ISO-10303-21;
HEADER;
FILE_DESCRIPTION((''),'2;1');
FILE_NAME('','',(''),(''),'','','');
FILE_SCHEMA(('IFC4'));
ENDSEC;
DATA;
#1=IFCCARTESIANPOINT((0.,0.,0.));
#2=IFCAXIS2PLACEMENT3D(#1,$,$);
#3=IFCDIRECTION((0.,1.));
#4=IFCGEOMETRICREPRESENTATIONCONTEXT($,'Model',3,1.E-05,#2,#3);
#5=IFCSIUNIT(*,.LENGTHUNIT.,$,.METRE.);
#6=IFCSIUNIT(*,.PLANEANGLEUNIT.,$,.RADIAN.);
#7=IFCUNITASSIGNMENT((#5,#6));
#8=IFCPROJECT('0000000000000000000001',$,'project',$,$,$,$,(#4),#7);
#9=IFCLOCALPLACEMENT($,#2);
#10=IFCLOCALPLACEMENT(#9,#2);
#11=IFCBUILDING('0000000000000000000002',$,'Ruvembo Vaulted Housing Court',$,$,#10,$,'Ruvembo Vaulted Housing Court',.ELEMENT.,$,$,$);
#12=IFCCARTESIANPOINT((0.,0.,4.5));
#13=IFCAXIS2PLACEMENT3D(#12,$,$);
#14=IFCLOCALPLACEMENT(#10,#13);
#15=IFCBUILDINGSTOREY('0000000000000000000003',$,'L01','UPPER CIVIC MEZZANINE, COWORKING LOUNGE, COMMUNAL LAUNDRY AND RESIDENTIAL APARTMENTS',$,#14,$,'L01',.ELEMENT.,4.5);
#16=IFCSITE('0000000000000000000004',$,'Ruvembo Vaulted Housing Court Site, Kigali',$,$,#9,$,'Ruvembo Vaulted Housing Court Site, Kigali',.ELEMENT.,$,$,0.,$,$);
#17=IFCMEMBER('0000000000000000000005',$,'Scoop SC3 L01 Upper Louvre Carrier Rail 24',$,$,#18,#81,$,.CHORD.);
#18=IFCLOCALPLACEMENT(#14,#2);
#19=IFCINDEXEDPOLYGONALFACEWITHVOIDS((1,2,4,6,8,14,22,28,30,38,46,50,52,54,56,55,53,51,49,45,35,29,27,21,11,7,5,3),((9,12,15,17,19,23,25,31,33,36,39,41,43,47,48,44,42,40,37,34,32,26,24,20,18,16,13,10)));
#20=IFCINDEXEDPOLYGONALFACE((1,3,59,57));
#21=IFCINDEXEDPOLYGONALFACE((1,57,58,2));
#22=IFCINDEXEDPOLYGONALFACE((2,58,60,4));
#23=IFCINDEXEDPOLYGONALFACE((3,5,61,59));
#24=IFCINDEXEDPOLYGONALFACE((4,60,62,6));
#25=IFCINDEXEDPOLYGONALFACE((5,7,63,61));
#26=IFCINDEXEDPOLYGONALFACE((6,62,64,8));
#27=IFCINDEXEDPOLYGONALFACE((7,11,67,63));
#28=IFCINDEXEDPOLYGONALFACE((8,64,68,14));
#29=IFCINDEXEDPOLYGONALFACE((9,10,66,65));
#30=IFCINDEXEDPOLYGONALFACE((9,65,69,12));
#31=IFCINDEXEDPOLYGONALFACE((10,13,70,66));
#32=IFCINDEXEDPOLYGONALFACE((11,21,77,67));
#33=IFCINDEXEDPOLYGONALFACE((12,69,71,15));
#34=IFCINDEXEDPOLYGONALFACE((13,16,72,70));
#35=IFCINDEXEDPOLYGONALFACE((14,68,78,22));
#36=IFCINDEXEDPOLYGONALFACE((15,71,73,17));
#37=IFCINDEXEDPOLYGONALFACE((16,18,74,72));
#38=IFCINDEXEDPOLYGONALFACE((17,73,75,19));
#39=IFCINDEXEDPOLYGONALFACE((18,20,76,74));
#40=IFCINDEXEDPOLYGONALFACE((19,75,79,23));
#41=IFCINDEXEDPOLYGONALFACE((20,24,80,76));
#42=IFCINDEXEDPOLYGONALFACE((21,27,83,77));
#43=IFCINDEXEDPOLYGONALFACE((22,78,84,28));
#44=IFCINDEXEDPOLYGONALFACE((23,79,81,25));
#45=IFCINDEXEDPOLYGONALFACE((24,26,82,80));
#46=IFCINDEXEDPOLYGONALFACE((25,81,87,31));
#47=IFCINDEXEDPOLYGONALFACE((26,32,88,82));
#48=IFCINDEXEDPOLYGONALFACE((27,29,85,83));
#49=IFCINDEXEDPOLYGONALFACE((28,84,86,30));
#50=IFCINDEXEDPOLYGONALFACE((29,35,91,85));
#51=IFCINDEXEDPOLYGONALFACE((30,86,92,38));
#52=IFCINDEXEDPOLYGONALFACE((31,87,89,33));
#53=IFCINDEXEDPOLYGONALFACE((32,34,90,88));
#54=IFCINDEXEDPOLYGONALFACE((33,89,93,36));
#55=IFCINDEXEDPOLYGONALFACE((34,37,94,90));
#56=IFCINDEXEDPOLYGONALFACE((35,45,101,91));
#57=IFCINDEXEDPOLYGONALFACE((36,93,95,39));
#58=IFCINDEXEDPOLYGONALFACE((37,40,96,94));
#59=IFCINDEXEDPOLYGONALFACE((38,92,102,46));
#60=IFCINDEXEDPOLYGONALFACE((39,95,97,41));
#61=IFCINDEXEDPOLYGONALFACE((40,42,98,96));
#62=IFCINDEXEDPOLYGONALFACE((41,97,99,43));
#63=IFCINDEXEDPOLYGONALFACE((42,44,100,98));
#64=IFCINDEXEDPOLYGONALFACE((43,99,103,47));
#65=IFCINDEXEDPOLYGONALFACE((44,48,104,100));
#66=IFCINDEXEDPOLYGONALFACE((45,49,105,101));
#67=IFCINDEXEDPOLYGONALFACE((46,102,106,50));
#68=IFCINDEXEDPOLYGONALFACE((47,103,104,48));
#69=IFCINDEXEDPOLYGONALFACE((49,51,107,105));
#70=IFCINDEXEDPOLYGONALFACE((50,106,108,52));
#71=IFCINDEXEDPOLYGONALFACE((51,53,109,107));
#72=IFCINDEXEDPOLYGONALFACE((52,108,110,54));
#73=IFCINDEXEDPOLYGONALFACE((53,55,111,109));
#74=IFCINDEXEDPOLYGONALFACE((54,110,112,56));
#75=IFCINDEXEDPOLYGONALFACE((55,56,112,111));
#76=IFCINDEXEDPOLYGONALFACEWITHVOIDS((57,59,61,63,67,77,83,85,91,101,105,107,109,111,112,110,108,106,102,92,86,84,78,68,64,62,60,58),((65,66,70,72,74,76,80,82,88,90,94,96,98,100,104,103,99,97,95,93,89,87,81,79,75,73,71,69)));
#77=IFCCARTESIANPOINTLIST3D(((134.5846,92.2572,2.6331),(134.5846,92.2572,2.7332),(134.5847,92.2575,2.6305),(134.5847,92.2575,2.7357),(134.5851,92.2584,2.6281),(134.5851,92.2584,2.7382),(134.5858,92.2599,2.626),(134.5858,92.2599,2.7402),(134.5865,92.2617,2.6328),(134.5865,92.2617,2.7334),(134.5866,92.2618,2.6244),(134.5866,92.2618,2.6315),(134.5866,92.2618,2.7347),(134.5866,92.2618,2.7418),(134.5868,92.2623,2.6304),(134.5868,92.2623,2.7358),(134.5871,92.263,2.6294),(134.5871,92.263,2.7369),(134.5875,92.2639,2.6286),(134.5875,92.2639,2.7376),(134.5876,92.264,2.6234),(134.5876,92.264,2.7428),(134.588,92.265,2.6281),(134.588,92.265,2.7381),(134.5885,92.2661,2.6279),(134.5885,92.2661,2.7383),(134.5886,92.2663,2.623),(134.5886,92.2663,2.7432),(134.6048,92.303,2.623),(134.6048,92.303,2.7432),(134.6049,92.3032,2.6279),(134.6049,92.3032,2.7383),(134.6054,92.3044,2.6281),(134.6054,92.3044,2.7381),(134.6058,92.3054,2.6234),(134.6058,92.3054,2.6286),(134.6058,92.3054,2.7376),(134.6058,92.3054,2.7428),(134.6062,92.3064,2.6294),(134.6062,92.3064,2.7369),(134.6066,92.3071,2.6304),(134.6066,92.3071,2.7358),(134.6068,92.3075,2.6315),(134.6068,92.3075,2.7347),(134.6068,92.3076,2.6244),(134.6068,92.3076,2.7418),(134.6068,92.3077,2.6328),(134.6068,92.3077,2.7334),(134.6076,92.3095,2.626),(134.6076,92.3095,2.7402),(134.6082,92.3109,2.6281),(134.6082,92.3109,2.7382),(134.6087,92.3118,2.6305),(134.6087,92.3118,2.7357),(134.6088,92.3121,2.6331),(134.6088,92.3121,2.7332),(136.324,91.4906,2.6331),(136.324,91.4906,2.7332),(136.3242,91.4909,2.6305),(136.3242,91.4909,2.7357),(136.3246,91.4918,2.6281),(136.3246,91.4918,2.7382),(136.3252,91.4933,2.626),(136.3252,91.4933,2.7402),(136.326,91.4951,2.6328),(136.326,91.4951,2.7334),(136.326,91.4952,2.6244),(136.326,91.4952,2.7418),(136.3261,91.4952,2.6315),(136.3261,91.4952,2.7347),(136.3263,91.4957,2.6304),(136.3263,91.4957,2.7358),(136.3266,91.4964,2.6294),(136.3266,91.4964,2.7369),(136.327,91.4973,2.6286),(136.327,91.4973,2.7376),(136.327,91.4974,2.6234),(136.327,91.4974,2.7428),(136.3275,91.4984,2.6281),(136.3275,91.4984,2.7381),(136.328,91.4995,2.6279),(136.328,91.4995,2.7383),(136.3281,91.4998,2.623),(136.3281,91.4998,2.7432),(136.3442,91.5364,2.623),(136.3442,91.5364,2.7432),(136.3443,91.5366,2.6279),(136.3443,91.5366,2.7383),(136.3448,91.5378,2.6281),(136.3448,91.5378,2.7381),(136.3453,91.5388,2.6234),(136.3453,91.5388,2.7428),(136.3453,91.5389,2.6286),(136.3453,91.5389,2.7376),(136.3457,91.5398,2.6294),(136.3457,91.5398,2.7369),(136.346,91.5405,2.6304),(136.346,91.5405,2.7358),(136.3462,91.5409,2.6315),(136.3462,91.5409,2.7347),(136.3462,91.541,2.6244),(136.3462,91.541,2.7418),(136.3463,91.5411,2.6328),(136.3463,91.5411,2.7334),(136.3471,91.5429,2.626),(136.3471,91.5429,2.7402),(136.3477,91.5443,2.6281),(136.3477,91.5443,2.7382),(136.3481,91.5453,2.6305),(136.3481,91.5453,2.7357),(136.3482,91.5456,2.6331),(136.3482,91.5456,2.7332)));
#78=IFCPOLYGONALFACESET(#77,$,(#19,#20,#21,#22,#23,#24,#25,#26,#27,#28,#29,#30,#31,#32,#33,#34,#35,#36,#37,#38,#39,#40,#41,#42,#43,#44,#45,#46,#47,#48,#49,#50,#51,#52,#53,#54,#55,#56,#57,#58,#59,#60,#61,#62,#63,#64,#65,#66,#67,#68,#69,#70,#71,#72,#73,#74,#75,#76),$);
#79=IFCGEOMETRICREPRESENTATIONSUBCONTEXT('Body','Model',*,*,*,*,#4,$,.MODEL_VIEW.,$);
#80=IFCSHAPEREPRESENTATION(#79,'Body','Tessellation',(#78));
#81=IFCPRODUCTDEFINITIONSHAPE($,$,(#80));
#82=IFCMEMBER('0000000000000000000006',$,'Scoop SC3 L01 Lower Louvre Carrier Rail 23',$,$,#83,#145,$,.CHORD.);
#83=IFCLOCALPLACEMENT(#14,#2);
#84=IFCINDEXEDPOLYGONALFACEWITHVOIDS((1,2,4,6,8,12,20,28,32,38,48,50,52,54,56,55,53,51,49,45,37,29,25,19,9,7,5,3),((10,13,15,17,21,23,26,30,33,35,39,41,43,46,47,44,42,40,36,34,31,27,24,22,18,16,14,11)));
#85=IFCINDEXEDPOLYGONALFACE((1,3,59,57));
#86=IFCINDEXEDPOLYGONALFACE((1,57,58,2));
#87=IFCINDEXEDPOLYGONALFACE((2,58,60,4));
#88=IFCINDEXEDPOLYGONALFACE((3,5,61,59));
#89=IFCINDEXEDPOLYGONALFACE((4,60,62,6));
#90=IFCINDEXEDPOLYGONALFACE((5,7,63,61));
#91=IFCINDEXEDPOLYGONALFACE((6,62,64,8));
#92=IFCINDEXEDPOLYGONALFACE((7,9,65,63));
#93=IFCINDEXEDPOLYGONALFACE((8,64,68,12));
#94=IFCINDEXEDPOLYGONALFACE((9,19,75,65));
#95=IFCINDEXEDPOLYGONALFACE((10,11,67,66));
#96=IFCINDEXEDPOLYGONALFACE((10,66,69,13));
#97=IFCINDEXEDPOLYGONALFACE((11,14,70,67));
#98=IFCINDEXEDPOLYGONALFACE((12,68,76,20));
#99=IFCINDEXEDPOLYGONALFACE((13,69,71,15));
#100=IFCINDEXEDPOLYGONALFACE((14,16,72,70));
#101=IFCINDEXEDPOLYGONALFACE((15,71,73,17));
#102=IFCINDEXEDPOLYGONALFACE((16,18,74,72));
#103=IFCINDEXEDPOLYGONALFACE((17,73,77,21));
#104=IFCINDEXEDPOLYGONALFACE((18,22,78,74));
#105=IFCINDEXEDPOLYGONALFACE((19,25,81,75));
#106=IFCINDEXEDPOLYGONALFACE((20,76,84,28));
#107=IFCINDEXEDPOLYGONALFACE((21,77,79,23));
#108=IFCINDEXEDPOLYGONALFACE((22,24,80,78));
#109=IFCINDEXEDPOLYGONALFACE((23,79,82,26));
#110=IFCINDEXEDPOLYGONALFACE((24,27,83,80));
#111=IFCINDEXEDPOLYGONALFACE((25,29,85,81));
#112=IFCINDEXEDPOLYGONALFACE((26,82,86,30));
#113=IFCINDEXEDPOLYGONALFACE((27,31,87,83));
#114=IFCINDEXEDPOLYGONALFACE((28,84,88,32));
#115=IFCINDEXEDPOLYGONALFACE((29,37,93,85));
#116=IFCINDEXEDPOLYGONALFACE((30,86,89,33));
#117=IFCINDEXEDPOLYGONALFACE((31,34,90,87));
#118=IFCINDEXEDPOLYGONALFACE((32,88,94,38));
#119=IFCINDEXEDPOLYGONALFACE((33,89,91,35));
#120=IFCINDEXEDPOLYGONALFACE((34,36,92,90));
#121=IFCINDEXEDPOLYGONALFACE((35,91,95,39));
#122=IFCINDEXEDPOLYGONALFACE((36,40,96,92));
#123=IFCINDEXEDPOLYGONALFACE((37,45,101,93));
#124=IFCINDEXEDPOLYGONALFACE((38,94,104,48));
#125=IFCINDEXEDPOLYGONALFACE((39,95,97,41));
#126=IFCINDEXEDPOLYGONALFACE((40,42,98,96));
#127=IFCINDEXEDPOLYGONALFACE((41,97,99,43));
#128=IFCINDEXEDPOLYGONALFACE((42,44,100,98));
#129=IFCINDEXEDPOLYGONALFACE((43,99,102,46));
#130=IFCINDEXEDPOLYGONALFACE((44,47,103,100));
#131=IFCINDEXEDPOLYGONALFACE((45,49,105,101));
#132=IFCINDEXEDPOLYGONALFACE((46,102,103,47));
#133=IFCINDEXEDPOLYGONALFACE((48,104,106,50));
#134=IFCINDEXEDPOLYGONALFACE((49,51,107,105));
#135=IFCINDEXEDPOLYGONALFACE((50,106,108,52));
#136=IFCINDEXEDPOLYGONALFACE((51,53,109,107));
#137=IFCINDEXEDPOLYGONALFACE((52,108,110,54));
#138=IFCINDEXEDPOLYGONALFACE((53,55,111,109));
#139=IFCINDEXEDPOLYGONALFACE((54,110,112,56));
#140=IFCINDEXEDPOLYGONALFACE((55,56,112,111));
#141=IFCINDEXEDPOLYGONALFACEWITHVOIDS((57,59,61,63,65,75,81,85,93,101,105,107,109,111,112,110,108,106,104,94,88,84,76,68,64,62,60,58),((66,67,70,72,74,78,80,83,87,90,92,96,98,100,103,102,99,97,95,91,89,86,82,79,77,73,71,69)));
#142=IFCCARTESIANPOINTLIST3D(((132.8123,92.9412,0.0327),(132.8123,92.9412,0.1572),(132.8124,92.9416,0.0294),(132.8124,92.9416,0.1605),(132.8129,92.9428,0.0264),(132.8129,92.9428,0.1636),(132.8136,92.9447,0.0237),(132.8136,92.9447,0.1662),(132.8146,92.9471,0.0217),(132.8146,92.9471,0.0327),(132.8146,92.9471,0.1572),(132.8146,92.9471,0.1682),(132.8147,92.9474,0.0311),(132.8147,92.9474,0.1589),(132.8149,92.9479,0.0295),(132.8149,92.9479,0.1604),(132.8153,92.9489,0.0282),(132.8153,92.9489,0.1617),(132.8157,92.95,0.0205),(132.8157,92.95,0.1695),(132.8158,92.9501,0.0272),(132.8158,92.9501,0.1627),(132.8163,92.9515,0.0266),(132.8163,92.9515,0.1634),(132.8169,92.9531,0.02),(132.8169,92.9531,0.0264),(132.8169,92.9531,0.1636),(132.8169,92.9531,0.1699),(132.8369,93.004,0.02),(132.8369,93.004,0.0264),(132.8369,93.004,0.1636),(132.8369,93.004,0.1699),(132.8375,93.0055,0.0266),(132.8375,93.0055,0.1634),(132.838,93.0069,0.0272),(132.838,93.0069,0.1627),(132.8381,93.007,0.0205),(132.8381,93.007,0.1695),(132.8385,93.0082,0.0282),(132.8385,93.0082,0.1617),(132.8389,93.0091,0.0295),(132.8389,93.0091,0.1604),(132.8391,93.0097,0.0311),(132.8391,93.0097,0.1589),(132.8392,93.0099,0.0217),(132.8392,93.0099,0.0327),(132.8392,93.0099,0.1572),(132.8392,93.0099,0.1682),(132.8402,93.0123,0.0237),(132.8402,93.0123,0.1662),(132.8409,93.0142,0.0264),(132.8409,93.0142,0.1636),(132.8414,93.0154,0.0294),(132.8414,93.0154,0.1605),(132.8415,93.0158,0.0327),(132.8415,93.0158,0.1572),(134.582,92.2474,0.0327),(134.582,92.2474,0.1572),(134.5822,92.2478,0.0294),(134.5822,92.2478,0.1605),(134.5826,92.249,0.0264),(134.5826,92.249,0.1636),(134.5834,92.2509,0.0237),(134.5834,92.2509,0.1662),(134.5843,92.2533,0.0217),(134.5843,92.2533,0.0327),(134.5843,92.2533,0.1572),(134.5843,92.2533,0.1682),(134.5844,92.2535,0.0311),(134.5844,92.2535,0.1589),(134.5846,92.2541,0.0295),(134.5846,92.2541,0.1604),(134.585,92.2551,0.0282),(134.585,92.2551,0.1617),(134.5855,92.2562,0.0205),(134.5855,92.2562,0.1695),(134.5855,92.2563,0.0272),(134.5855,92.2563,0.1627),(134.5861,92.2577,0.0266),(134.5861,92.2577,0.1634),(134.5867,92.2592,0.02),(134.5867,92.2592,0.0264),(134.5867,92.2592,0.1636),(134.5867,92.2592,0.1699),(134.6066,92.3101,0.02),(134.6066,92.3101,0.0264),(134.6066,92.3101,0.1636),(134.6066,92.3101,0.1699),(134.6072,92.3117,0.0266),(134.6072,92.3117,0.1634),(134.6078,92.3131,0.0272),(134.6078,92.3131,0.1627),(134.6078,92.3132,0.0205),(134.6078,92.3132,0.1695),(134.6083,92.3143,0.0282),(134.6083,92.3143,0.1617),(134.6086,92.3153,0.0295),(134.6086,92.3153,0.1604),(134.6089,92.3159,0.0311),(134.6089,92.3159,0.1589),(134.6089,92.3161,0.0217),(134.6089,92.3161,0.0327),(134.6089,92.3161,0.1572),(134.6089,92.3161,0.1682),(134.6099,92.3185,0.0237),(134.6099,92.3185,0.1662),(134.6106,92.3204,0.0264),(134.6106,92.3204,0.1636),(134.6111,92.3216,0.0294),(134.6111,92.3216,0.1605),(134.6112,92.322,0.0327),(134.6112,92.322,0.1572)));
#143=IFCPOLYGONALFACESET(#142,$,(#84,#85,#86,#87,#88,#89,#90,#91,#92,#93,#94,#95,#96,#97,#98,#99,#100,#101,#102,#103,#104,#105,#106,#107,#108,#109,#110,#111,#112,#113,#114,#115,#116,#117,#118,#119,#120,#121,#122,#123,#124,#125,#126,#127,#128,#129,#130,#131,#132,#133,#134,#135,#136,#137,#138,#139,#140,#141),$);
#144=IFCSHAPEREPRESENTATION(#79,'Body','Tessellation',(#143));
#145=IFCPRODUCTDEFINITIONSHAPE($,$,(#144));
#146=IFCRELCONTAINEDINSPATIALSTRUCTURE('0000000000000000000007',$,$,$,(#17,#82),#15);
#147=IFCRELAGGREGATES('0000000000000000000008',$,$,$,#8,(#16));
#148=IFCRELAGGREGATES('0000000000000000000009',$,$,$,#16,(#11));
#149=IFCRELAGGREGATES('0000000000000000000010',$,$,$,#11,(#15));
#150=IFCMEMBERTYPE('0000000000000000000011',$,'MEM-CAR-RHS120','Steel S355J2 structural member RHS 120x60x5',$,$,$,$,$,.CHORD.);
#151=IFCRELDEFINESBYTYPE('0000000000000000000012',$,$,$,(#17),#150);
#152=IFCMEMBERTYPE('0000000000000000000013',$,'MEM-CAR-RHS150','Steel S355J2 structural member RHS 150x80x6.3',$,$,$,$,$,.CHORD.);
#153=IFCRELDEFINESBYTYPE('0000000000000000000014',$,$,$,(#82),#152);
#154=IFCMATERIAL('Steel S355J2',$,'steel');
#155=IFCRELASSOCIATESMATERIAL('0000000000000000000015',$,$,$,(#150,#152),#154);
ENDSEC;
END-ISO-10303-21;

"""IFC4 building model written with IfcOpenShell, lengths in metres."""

from ifc_helpers import new_model, si_unit, direction, frame, origin, origin_2d, place, context, subcontext, project, spatial, hollow_rectangle, extrude, material, material_profile, profile_set, type_object, element, save


model = new_model("IFC4")

# Units and contexts
model_context = context("Model", 3, precision=1e-05, world=origin(), true_north=direction((0.0, 1.0)))
body_context = subcontext(model_context, "Body", "Model", "MODEL_VIEW")
ifc_project = project(units=[si_unit("LENGTHUNIT", "METRE"), si_unit("PLANEANGLEUNIT", "RADIAN")], contexts=[model_context])

# Site, building, storey
site_placement = place(None, origin())
site = spatial("IfcSite", under=ifc_project, at=site_placement, Name="Ruvembo Vaulted Housing Court Site, Kigali", LongName="Ruvembo Vaulted Housing Court Site, Kigali", CompositionType="ELEMENT", RefElevation=0.0)
building_placement = place(site_placement, origin())
building = spatial("IfcBuilding", under=site, at=building_placement, Name="Ruvembo Vaulted Housing Court", LongName="Ruvembo Vaulted Housing Court", CompositionType="ELEMENT")
storey_placement = place(building_placement, frame((0.0, 0.0, 4.5)))
storey = spatial("IfcBuildingStorey", under=building, at=storey_placement, Name="L01", Description="UPPER CIVIC MEZZANINE, COWORKING LOUNGE, COMMUNAL LAUNDRY AND RESIDENTIAL APARTMENTS", LongName="L01", CompositionType="ELEMENT", Elevation=4.5)

# Shared definitions
ifc_material_1 = material(Name="Steel S355J2", Category="steel")

# Members
ifc_material_profile_1 = material_profile(ifc_material_1, hollow_rectangle(XDim=0.0601, YDim=0.1201, WallThickness=0.0049, InnerFilletRadius=0.0049, OuterFilletRadius=0.01, at=origin_2d()), Name="RHS 120x60x5")
ifc_profile_set_1 = profile_set([ifc_material_profile_1], Name="Steel S355J2")
member_type_1 = type_object("IfcMemberType", Name="MEM-CAR-RHS120", Description="Steel S355J2 structural member RHS 120x60x5", PredefinedType="CHORD", material=ifc_profile_set_1)
for number, where, z_axis, x_axis, name in (
    (1, (134.5967, 92.2847, 2.6831), (0.915078, -0.403277, 0.0), (0.403277, 0.915078, 0.0), "Scoop SC3 L01 Upper Louvre Carrier Rail 24"),
):
    element("IfcMember", number, at=place(storey_placement, frame(where, z_axis=z_axis, x_axis=x_axis)), inside=storey, type_object=member_type_1, Name=name, PredefinedType="CHORD", context=body_context, shape_type="SweptSolid", body=[
        extrude(hollow_rectangle(XDim=0.0601, YDim=0.1201, WallThickness=0.0049, InnerFilletRadius=0.0049, OuterFilletRadius=0.01, at=origin_2d()), origin(), (0.0, 0.0, 1.0), 1.9009),
    ])
ifc_material_profile_2 = material_profile(ifc_material_1, hollow_rectangle(XDim=0.0801, YDim=0.1499, WallThickness=0.0063, InnerFilletRadius=0.0063, OuterFilletRadius=0.0127, at=origin_2d()), Name="RHS 150x80x6.3")
ifc_profile_set_2 = profile_set([ifc_material_profile_2], Name="Steel S355J2")
member_type_2 = type_object("IfcMemberType", Name="MEM-CAR-RHS150", Description="Steel S355J2 structural member RHS 150x80x6.3", PredefinedType="CHORD", material=ifc_profile_set_2)
for number, where, z_axis, x_axis, name in (
    (2, (132.8269, 92.9785, 0.095), (0.931006, -0.365005, 0.0), (0.365005, 0.931006, 0.0), "Scoop SC3 L01 Lower Louvre Carrier Rail 23"),
):
    element("IfcMember", number, at=place(storey_placement, frame(where, z_axis=z_axis, x_axis=x_axis)), inside=storey, type_object=member_type_2, Name=name, PredefinedType="CHORD", context=body_context, shape_type="SweptSolid", body=[
        extrude(hollow_rectangle(XDim=0.0801, YDim=0.1499, WallThickness=0.0063, InnerFilletRadius=0.0063, OuterFilletRadius=0.0127, at=origin_2d()), origin(), (0.0, 0.0, 1.0), 1.9009),
    ])

save(model, "model.ifc")
